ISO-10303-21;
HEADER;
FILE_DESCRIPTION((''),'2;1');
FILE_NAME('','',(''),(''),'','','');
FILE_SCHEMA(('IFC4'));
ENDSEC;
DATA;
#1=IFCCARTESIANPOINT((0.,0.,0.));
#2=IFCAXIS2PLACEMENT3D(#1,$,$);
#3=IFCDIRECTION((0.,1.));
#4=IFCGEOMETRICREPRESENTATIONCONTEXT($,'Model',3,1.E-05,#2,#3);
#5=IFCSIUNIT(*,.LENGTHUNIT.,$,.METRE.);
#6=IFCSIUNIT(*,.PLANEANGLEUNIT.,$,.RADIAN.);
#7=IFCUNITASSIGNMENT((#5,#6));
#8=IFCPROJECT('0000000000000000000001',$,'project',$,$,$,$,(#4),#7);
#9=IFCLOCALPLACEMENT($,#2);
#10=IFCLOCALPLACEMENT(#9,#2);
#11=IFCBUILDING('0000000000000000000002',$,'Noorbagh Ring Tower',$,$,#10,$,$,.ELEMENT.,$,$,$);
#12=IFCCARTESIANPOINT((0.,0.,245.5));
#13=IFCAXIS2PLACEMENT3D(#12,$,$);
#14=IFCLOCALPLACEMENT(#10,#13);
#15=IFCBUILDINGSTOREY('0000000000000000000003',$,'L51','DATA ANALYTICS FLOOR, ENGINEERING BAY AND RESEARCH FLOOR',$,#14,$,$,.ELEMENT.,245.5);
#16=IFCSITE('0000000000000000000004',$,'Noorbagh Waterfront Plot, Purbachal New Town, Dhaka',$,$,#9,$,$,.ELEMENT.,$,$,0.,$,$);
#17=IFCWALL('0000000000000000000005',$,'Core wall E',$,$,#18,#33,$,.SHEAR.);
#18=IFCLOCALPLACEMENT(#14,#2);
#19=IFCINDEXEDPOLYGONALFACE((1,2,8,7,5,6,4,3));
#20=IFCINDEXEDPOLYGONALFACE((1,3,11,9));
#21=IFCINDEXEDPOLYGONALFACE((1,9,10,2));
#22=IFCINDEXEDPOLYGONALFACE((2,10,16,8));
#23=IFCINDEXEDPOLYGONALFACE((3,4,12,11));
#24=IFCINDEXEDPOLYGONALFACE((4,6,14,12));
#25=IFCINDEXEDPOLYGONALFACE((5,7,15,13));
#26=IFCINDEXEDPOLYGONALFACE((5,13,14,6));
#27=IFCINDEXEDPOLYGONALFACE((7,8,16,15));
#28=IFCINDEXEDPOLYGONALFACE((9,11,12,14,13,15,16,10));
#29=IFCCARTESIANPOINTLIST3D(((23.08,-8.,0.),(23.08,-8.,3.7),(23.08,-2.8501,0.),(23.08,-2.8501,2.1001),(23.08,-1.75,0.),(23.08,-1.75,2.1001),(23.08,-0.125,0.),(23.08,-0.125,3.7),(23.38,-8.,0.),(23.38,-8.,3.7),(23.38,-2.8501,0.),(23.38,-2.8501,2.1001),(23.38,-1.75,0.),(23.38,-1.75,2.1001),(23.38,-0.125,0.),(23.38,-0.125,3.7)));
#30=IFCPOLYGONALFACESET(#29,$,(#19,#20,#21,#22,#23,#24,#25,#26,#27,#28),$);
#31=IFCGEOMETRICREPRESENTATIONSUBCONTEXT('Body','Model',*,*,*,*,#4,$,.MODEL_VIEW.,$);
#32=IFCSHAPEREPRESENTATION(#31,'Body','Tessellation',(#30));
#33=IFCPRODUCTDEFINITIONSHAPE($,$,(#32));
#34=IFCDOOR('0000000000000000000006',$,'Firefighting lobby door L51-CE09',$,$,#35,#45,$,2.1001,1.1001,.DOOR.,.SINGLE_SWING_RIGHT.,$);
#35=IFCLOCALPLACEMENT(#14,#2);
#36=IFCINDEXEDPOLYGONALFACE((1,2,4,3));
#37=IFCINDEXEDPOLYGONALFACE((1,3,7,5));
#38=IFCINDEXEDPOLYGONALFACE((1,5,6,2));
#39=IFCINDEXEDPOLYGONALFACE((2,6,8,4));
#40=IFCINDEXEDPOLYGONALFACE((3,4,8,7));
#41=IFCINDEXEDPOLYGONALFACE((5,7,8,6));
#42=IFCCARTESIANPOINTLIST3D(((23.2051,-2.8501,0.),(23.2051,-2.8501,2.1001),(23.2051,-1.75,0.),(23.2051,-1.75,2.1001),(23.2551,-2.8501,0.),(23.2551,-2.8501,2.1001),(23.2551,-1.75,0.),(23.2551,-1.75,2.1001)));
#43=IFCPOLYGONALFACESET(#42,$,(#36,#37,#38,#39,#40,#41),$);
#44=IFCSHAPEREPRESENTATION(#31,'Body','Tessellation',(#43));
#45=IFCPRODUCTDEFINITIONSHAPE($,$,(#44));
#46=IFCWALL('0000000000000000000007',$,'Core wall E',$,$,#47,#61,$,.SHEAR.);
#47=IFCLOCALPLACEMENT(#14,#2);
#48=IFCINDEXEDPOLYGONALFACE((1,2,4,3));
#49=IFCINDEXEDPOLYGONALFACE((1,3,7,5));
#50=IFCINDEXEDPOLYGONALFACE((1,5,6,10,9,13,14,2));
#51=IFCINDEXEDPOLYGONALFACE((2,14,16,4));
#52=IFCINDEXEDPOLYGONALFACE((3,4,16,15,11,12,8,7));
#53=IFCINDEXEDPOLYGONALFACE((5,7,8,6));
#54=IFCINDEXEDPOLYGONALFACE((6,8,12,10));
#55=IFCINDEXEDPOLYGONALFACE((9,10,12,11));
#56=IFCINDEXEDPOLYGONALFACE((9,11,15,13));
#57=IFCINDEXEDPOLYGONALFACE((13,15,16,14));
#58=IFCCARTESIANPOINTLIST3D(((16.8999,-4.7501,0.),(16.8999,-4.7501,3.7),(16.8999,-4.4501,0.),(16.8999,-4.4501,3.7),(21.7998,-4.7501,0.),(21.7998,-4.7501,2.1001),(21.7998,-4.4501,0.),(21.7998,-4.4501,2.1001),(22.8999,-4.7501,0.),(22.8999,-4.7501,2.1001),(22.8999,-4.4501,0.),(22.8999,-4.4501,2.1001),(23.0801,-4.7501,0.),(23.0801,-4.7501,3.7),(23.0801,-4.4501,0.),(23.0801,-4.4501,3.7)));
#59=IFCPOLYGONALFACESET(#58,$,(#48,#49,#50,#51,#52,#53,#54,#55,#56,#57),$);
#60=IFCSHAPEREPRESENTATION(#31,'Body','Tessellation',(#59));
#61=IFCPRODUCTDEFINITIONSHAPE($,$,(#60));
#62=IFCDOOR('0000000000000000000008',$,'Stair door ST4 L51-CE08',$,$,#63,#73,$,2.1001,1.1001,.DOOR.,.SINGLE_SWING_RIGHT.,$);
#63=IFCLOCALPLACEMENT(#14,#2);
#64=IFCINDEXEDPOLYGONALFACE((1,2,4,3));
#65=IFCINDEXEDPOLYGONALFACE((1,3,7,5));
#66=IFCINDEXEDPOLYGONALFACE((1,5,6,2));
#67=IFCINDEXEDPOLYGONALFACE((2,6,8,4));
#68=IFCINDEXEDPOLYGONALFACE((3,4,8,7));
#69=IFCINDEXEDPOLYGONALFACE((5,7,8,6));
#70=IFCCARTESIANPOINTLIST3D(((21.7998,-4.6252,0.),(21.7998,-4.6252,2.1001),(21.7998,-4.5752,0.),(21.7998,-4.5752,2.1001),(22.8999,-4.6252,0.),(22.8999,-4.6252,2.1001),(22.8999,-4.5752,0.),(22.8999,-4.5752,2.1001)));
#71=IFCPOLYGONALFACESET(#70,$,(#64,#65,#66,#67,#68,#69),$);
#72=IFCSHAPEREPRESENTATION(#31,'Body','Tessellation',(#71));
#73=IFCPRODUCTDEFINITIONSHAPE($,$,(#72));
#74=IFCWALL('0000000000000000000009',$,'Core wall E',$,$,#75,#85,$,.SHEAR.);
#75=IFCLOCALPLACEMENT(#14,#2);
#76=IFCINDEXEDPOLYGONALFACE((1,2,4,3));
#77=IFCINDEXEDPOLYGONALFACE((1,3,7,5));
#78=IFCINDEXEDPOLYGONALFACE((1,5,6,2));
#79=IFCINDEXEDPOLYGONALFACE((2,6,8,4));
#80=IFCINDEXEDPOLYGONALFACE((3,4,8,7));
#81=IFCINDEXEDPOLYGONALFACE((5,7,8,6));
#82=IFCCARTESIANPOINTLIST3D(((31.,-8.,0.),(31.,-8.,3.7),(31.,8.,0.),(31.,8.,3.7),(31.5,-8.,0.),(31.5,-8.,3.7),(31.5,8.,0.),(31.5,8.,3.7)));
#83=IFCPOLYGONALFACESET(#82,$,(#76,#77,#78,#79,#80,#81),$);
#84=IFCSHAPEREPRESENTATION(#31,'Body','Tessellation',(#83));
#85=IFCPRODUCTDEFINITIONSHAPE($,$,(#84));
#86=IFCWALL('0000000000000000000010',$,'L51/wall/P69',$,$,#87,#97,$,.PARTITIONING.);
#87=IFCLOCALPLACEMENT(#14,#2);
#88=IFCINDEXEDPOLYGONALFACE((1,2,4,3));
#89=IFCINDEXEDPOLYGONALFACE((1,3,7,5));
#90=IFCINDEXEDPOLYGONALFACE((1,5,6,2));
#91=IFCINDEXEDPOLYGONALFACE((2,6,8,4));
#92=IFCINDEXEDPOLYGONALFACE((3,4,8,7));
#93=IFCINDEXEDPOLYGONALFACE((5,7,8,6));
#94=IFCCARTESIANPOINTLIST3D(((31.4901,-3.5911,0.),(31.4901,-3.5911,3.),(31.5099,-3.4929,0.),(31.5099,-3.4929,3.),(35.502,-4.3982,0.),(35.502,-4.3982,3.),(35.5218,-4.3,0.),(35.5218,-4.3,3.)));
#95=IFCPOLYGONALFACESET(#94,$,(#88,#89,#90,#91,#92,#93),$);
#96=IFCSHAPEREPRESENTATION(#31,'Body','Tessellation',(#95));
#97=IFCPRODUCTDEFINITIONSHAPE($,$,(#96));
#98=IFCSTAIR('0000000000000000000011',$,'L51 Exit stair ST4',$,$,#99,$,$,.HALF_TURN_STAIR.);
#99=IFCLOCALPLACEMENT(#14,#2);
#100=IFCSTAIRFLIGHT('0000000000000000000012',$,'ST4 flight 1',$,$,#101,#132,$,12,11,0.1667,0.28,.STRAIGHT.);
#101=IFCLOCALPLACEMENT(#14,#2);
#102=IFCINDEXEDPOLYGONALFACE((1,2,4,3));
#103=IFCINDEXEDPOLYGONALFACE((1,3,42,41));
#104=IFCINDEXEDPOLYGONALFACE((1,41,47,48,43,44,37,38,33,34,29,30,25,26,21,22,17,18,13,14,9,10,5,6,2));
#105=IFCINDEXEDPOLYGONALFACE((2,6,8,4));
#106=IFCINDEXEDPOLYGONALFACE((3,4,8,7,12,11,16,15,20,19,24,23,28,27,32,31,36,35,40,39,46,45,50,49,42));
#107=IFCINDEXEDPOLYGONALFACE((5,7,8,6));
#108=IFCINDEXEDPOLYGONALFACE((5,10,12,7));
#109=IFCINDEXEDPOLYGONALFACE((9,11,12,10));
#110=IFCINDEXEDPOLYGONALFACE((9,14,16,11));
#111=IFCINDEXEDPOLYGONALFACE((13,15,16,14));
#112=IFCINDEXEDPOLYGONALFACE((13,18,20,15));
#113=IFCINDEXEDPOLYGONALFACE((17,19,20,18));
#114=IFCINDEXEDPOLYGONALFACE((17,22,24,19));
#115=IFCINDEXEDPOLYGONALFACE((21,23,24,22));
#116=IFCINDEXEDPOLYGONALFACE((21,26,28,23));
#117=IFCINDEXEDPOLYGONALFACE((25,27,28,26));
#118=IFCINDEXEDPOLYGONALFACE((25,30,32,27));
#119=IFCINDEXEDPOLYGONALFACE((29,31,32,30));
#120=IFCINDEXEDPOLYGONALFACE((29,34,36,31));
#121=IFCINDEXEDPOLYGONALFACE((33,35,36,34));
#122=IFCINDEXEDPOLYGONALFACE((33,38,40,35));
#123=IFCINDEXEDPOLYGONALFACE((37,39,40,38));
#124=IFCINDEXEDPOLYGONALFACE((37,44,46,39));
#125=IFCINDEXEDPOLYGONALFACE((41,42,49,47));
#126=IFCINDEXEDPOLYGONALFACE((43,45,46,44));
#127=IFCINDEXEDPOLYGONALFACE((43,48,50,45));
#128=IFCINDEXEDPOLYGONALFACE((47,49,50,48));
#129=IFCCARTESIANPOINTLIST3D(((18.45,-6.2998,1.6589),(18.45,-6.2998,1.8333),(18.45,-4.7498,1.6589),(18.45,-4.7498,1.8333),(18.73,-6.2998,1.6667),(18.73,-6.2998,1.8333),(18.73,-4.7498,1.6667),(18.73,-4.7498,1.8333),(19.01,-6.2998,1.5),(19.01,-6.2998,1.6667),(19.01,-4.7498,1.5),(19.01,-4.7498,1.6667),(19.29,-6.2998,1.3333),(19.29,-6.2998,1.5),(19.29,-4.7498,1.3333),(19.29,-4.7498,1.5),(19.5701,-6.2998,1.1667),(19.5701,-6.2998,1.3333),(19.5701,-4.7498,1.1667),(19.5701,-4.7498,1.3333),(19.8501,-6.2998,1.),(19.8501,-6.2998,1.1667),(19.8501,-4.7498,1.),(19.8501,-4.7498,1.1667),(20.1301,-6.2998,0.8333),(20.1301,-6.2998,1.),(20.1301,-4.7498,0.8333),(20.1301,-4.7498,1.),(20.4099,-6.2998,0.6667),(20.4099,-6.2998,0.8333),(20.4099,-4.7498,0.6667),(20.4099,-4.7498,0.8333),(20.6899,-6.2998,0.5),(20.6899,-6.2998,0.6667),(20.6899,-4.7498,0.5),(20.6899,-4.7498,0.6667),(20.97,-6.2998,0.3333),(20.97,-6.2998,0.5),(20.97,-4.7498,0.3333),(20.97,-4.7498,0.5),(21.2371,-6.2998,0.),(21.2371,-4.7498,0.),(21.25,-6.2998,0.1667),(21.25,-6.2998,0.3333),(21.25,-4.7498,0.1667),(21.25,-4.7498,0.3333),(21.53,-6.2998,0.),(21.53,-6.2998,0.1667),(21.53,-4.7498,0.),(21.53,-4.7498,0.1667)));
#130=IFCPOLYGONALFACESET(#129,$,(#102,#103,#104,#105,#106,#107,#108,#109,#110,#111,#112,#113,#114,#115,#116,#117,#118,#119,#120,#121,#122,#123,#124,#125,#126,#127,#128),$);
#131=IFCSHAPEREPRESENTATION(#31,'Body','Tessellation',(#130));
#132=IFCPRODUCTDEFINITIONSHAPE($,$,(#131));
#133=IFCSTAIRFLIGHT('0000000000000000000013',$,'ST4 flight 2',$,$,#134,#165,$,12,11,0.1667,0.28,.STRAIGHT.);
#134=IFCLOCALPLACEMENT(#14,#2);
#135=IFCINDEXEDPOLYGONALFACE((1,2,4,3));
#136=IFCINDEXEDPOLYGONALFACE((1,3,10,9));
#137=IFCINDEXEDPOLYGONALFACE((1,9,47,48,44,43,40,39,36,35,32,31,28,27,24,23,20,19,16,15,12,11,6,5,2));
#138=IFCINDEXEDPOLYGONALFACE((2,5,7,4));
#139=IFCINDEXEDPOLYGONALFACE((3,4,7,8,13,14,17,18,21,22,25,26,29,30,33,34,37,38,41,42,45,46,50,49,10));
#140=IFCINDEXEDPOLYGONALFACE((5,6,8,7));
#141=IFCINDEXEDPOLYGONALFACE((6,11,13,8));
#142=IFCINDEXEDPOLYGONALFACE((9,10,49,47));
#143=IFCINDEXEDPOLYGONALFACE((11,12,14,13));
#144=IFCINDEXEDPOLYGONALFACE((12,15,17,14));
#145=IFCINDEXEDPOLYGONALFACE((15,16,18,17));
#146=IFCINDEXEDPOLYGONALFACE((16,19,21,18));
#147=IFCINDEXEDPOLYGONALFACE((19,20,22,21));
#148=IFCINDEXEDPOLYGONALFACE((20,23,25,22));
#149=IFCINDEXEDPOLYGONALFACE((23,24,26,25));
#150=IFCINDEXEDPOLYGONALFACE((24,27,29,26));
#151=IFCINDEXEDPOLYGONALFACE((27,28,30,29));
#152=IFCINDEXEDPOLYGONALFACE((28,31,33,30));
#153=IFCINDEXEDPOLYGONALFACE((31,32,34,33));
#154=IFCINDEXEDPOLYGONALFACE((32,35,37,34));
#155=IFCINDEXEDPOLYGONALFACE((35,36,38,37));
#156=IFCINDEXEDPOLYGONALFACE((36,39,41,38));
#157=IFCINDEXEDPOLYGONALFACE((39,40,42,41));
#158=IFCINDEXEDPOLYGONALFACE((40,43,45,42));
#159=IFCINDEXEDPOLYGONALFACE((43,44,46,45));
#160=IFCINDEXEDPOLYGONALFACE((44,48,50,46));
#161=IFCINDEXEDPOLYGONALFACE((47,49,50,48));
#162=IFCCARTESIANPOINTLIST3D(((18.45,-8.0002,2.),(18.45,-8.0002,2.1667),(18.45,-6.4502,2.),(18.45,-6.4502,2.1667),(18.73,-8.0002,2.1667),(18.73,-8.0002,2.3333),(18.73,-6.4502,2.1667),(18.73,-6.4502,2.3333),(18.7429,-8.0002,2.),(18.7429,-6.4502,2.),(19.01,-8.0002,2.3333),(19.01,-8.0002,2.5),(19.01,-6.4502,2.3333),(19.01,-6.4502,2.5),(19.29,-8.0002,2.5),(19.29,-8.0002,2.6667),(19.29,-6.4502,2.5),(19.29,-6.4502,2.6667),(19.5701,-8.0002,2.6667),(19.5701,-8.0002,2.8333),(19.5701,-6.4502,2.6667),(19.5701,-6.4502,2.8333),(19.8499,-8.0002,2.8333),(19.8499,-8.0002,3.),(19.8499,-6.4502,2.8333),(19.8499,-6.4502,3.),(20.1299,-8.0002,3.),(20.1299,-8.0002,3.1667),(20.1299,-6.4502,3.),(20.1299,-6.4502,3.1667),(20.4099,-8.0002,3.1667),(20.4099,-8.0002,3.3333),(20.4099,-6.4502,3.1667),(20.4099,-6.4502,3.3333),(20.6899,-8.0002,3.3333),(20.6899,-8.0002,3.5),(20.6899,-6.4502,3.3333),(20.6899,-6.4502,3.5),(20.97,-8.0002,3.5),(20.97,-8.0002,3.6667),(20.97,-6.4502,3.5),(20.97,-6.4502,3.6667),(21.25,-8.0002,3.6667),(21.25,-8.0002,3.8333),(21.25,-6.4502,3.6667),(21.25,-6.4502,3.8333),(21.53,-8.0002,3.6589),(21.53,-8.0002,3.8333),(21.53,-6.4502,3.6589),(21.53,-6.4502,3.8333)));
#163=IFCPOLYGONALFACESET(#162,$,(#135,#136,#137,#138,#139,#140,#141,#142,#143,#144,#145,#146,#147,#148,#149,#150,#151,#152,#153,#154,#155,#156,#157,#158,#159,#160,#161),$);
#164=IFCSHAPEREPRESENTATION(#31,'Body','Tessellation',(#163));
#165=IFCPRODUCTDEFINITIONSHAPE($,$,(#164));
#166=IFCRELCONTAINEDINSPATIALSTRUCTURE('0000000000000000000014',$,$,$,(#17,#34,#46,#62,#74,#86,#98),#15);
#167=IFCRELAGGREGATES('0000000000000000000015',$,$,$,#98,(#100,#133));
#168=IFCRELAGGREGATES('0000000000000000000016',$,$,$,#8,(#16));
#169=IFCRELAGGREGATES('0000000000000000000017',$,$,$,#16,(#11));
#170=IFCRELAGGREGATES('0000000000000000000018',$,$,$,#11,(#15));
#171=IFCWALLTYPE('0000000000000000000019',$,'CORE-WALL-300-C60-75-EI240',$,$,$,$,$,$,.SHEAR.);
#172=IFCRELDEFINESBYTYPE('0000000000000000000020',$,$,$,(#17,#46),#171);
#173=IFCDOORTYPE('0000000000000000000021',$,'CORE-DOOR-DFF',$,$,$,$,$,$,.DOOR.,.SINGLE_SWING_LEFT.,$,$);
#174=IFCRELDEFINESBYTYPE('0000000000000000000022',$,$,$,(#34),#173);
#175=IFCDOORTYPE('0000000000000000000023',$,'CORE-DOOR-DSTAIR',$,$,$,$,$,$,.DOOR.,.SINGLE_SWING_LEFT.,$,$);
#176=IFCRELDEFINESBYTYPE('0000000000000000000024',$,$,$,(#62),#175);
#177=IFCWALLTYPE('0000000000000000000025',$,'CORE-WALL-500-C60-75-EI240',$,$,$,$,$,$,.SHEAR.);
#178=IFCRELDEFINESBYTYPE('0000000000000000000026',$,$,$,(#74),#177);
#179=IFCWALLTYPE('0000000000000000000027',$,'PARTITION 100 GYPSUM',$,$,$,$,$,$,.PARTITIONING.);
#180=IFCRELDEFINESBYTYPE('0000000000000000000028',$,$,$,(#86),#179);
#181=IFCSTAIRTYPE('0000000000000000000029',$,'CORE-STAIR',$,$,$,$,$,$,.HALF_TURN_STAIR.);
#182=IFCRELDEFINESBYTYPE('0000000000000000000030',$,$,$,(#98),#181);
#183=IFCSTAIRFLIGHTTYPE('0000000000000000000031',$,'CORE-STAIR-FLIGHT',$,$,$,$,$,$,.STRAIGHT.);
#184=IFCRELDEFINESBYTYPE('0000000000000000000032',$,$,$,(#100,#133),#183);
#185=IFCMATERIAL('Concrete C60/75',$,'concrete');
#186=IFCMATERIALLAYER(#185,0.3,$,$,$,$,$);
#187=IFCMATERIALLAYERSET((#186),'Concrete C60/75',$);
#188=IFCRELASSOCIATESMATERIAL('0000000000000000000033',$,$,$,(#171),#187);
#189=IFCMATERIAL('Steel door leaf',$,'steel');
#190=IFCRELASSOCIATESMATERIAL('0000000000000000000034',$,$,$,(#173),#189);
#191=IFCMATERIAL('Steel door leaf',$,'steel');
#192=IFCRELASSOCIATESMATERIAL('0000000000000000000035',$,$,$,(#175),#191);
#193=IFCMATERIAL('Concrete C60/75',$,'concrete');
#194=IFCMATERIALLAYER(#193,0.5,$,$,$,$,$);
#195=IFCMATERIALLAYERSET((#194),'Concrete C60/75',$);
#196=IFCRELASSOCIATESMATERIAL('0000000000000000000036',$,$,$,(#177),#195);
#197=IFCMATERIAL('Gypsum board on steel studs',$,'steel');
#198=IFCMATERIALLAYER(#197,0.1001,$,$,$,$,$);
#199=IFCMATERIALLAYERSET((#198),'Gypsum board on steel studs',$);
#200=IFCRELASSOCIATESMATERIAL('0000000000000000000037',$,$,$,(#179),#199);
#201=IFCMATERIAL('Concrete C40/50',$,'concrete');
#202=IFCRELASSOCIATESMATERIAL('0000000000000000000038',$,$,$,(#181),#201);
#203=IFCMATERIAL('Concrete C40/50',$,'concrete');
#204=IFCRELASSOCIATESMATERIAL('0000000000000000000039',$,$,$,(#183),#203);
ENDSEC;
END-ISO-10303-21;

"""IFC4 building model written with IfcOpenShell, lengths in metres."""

from ifc_helpers import new_model, si_unit, direction, frame, frame_2d, origin, place, context, subcontext, project, spatial, polyline, rectangle, outline, extrude, material, layer, layer_set, type_object, element, fill, aggregate, save


model = new_model("IFC4")

# Units and contexts
model_context = context("Model", 3, precision=1e-05, world=origin(), true_north=direction((0.0, 1.0)))
body_context = subcontext(model_context, "Body", "Model", "MODEL_VIEW")
ifc_project = project(units=[si_unit("LENGTHUNIT", "METRE"), si_unit("PLANEANGLEUNIT", "RADIAN")], contexts=[model_context])

# Site, building, storey
site_placement = place(None, origin())
site = spatial("IfcSite", under=ifc_project, at=site_placement, Name="Noorbagh Waterfront Plot, Purbachal New Town, Dhaka", CompositionType="ELEMENT", RefElevation=0.0)
building_placement = place(site_placement, origin())
building = spatial("IfcBuilding", under=site, at=building_placement, Name="Noorbagh Ring Tower", CompositionType="ELEMENT")
storey_placement = place(building_placement, frame((0.0, 0.0, 245.5)))
storey = spatial("IfcBuildingStorey", under=building, at=storey_placement, Name="L51", Description="DATA ANALYTICS FLOOR, ENGINEERING BAY AND RESEARCH FLOOR", CompositionType="ELEMENT", Elevation=245.5)

# Shared definitions
ifc_material_1 = material(Name="Concrete C60/75", Category="concrete")
ifc_layer_1 = layer(ifc_material_1, 0.3)
ifc_layer_set_1 = layer_set([ifc_layer_1], Name="Concrete C60/75")
wall_type_1 = type_object("IfcWallType", Name="CORE-WALL-300-C60-75-EI240", PredefinedType="SHEAR", material=ifc_layer_set_1)

# Walls, openings, doors
wall_1_placement = place(storey_placement, frame((23.23, -8.0, 0.0), z_axis=(0.0, 0.0, 1.0), x_axis=(0.0, 1.0, 0.0)))
wall_1 = element("IfcWall", 1, at=wall_1_placement, inside=storey, type_object=wall_type_1, Name="Core wall E", PredefinedType="SHEAR", context=body_context, shape_type="SweptSolid", body=[
    extrude(rectangle(XDim=7.875, YDim=0.3, at=frame_2d((3.9375, 0.0))), origin(), (0.0, 0.0, 1.0), 3.7),
])
opening_1_placement = place(wall_1_placement, frame((5.1499, 0.0, 0.0)))
opening_1 = element("IfcOpeningElement", 2, at=opening_1_placement, cuts=wall_1, PredefinedType="OPENING", context=body_context, shape_type="SweptSolid", body=[
    extrude(rectangle(XDim=1.1001, YDim=2.1001, at=frame_2d((0.55, 1.05))), frame((0.0, 0.1602, 0.0), z_axis=(0.0, -1.0, 0.0), x_axis=(1.0, 0.0, 0.0)), (0.0, 0.0, 1.0), 0.3201),
])
ifc_material_2 = material(Name="Steel door leaf", Category="steel")
door_type_1 = type_object("IfcDoorType", Name="CORE-DOOR-DFF", OperationType="SINGLE_SWING_LEFT", PredefinedType="DOOR", material=ifc_material_2)
door_1_placement = place(opening_1_placement, origin())
door_1 = element("IfcDoor", 3, at=door_1_placement, inside=storey, type_object=door_type_1, Name="Firefighting lobby door L51-CE09", OperationType="SINGLE_SWING_RIGHT", OverallHeight=2.1001, OverallWidth=1.1001, PredefinedType="DOOR", context=body_context, shape_type="SweptSolid", body=[
    extrude(rectangle(XDim=1.1001, YDim=2.1001, at=frame_2d((0.55, 1.05))), frame((0.0, 0.0249, 0.0), z_axis=(0.0, -1.0, 0.0), x_axis=(1.0, 0.0, 0.0)), (0.0, 0.0, 1.0), 0.05),
])
fill(opening_1, door_1)
wall_2_placement = place(storey_placement, frame((16.8999, -4.6001, 0.0), z_axis=(0.0, 0.0, 1.0), x_axis=(1.0, 0.0, 0.0)))
wall_2 = element("IfcWall", 4, at=wall_2_placement, inside=storey, type_object=wall_type_1, Name="Core wall E", PredefinedType="SHEAR", context=body_context, shape_type="SweptSolid", body=[
    extrude(rectangle(XDim=6.1802, YDim=0.3, at=frame_2d((3.0901, 0.0))), origin(), (0.0, 0.0, 1.0), 3.7),
])
opening_2_placement = place(wall_2_placement, frame((4.8999, 0.0, 0.0)))
opening_2 = element("IfcOpeningElement", 5, at=opening_2_placement, cuts=wall_2, PredefinedType="OPENING", context=body_context, shape_type="SweptSolid", body=[
    extrude(rectangle(XDim=1.1001, YDim=2.1001, at=frame_2d((0.55, 1.05))), frame((0.0, 0.1602, 0.0), z_axis=(0.0, -1.0, 0.0), x_axis=(1.0, 0.0, 0.0)), (0.0, 0.0, 1.0), 0.3201),
])
ifc_material_3 = material(Name="Steel door leaf", Category="steel")
door_type_2 = type_object("IfcDoorType", Name="CORE-DOOR-DSTAIR", OperationType="SINGLE_SWING_LEFT", PredefinedType="DOOR", material=ifc_material_3)
door_2_placement = place(opening_2_placement, origin())
door_2 = element("IfcDoor", 6, at=door_2_placement, inside=storey, type_object=door_type_2, Name="Stair door ST4 L51-CE08", OperationType="SINGLE_SWING_RIGHT", OverallHeight=2.1001, OverallWidth=1.1001, PredefinedType="DOOR", context=body_context, shape_type="SweptSolid", body=[
    extrude(rectangle(XDim=1.1001, YDim=2.1001, at=frame_2d((0.55, 1.05))), frame((0.0, 0.0249, 0.0), z_axis=(0.0, -1.0, 0.0), x_axis=(1.0, 0.0, 0.0)), (0.0, 0.0, 1.0), 0.05),
])
fill(opening_2, door_2)

# Walls
ifc_material_4 = material(Name="Concrete C60/75", Category="concrete")
ifc_layer_2 = layer(ifc_material_4, 0.5)
ifc_layer_set_2 = layer_set([ifc_layer_2], Name="Concrete C60/75")
wall_type_2 = type_object("IfcWallType", Name="CORE-WALL-500-C60-75-EI240", PredefinedType="SHEAR", material=ifc_layer_set_2)
wall_3_placement = place(storey_placement, frame((31.25, -8.0, 0.0), z_axis=(0.0, 0.0, 1.0), x_axis=(0.0, 1.0, 0.0)))
element("IfcWall", 7, at=wall_3_placement, inside=storey, type_object=wall_type_2, Name="Core wall E", PredefinedType="SHEAR", context=body_context, shape_type="SweptSolid", body=[
    extrude(rectangle(XDim=16.0, YDim=0.5, at=frame_2d((8.0, 0.0))), origin(), (0.0, 0.0, 1.0), 3.7),
])
ifc_material_5 = material(Name="Gypsum board on steel studs", Category="steel")
ifc_layer_3 = layer(ifc_material_5, 0.1001)
ifc_layer_set_3 = layer_set([ifc_layer_3], Name="Gypsum board on steel studs")
wall_type_3 = type_object("IfcWallType", Name="PARTITION 100 GYPSUM", PredefinedType="PARTITIONING", material=ifc_layer_set_3)
wall_4_placement = place(storey_placement, frame((31.5, -3.542, 0.0), z_axis=(0.0, 0.0, 1.0), x_axis=(0.980357, -0.197229, 0.0)))
element("IfcWall", 8, at=wall_4_placement, inside=storey, type_object=wall_type_3, Name="L51/wall/P69", PredefinedType="PARTITIONING", context=body_context, shape_type="SweptSolid", body=[
    extrude(rectangle(XDim=4.0923, YDim=0.1001, at=frame_2d((2.0461, 0.0))), origin(), (0.0, 0.0, 1.0), 3.0),
])

# Stair, stair flights
ifc_material_6 = material(Name="Concrete C40/50", Category="concrete")
stair_type = type_object("IfcStairType", Name="CORE-STAIR", PredefinedType="HALF_TURN_STAIR", material=ifc_material_6)
stair_placement = place(storey_placement, origin())
stair = element("IfcStair", 9, at=stair_placement, inside=storey, type_object=stair_type, Name="L51 Exit stair ST4", PredefinedType="HALF_TURN_STAIR")
ifc_material_7 = material(Name="Concrete C40/50", Category="concrete")
stair_flight_type = type_object("IfcStairFlightType", Name="CORE-STAIR-FLIGHT", PredefinedType="STRAIGHT", material=ifc_material_7)
stair_flight_1_placement = place(storey_placement, frame((21.53, -5.5249, 0.0), z_axis=(0.0, 0.0, 1.0), x_axis=(-1.0, 0.0, 0.0)))
stair_flight_1 = element("IfcStairFlight", 10, at=stair_flight_1_placement, type_object=stair_flight_type, Name="ST4 flight 1", NumberOfRisers=12, NumberOfTreads=11, PredefinedType="STRAIGHT", RiserHeight=0.1667, TreadLength=0.28, context=body_context, shape_type="SweptSolid", body=[
    extrude(outline(polyline([(0.0, 0.0), (0.0, 0.1667), (0.28, 0.1667), (0.28, 0.3333), (0.5601, 0.3333), (0.5601, 0.5), (0.8401, 0.5), (0.8401, 0.6667), (1.1201, 0.6667), (1.1201, 0.8333), (1.3999, 0.8333), (1.3999, 1.0), (1.6799, 1.0), (1.6799, 1.1667), (1.96, 1.1667), (1.96, 1.3333), (2.24, 1.3333), (2.24, 1.5), (2.52, 1.5), (2.52, 1.6667), (2.8, 1.6667), (2.8, 1.8333), (3.0801, 1.8333), (3.0801, 2.0), (3.0801, 1.6589), (0.293, 0.0), (0.0, 0.0)])), frame((0.0, 0.7749, 0.0), z_axis=(0.0, -1.0, 0.0), x_axis=(1.0, 0.0, 0.0)), (0.0, 0.0, 1.0), 1.55),
])
stair_flight_2_placement = place(storey_placement, frame((18.45, -7.2251, 2.0), z_axis=(0.0, 0.0, 1.0), x_axis=(1.0, 0.0, 0.0)))
stair_flight_2 = element("IfcStairFlight", 11, at=stair_flight_2_placement, type_object=stair_flight_type, Name="ST4 flight 2", NumberOfRisers=12, NumberOfTreads=11, PredefinedType="STRAIGHT", RiserHeight=0.1667, TreadLength=0.28, context=body_context, shape_type="SweptSolid", body=[
    extrude(outline(polyline([(0.0, 0.0), (0.0, 0.1667), (0.28, 0.1667), (0.28, 0.3333), (0.5601, 0.3333), (0.5601, 0.5), (0.8401, 0.5), (0.8401, 0.6667), (1.1201, 0.6667), (1.1201, 0.8333), (1.3999, 0.8333), (1.3999, 1.0), (1.6799, 1.0), (1.6799, 1.1667), (1.96, 1.1667), (1.96, 1.3333), (2.24, 1.3333), (2.24, 1.5), (2.52, 1.5), (2.52, 1.6667), (2.8, 1.6667), (2.8, 1.8333), (3.0801, 1.8333), (3.0801, 2.0), (3.0801, 1.6589), (0.293, 0.0), (0.0, 0.0)])), frame((0.0, 0.7749, 0.0), z_axis=(0.0, -1.0, 0.0), x_axis=(1.0, 0.0, 0.0)), (0.0, 0.0, 1.0), 1.55),
])
aggregate(stair, [stair_flight_1, stair_flight_2])

save(model, "model.ifc")
